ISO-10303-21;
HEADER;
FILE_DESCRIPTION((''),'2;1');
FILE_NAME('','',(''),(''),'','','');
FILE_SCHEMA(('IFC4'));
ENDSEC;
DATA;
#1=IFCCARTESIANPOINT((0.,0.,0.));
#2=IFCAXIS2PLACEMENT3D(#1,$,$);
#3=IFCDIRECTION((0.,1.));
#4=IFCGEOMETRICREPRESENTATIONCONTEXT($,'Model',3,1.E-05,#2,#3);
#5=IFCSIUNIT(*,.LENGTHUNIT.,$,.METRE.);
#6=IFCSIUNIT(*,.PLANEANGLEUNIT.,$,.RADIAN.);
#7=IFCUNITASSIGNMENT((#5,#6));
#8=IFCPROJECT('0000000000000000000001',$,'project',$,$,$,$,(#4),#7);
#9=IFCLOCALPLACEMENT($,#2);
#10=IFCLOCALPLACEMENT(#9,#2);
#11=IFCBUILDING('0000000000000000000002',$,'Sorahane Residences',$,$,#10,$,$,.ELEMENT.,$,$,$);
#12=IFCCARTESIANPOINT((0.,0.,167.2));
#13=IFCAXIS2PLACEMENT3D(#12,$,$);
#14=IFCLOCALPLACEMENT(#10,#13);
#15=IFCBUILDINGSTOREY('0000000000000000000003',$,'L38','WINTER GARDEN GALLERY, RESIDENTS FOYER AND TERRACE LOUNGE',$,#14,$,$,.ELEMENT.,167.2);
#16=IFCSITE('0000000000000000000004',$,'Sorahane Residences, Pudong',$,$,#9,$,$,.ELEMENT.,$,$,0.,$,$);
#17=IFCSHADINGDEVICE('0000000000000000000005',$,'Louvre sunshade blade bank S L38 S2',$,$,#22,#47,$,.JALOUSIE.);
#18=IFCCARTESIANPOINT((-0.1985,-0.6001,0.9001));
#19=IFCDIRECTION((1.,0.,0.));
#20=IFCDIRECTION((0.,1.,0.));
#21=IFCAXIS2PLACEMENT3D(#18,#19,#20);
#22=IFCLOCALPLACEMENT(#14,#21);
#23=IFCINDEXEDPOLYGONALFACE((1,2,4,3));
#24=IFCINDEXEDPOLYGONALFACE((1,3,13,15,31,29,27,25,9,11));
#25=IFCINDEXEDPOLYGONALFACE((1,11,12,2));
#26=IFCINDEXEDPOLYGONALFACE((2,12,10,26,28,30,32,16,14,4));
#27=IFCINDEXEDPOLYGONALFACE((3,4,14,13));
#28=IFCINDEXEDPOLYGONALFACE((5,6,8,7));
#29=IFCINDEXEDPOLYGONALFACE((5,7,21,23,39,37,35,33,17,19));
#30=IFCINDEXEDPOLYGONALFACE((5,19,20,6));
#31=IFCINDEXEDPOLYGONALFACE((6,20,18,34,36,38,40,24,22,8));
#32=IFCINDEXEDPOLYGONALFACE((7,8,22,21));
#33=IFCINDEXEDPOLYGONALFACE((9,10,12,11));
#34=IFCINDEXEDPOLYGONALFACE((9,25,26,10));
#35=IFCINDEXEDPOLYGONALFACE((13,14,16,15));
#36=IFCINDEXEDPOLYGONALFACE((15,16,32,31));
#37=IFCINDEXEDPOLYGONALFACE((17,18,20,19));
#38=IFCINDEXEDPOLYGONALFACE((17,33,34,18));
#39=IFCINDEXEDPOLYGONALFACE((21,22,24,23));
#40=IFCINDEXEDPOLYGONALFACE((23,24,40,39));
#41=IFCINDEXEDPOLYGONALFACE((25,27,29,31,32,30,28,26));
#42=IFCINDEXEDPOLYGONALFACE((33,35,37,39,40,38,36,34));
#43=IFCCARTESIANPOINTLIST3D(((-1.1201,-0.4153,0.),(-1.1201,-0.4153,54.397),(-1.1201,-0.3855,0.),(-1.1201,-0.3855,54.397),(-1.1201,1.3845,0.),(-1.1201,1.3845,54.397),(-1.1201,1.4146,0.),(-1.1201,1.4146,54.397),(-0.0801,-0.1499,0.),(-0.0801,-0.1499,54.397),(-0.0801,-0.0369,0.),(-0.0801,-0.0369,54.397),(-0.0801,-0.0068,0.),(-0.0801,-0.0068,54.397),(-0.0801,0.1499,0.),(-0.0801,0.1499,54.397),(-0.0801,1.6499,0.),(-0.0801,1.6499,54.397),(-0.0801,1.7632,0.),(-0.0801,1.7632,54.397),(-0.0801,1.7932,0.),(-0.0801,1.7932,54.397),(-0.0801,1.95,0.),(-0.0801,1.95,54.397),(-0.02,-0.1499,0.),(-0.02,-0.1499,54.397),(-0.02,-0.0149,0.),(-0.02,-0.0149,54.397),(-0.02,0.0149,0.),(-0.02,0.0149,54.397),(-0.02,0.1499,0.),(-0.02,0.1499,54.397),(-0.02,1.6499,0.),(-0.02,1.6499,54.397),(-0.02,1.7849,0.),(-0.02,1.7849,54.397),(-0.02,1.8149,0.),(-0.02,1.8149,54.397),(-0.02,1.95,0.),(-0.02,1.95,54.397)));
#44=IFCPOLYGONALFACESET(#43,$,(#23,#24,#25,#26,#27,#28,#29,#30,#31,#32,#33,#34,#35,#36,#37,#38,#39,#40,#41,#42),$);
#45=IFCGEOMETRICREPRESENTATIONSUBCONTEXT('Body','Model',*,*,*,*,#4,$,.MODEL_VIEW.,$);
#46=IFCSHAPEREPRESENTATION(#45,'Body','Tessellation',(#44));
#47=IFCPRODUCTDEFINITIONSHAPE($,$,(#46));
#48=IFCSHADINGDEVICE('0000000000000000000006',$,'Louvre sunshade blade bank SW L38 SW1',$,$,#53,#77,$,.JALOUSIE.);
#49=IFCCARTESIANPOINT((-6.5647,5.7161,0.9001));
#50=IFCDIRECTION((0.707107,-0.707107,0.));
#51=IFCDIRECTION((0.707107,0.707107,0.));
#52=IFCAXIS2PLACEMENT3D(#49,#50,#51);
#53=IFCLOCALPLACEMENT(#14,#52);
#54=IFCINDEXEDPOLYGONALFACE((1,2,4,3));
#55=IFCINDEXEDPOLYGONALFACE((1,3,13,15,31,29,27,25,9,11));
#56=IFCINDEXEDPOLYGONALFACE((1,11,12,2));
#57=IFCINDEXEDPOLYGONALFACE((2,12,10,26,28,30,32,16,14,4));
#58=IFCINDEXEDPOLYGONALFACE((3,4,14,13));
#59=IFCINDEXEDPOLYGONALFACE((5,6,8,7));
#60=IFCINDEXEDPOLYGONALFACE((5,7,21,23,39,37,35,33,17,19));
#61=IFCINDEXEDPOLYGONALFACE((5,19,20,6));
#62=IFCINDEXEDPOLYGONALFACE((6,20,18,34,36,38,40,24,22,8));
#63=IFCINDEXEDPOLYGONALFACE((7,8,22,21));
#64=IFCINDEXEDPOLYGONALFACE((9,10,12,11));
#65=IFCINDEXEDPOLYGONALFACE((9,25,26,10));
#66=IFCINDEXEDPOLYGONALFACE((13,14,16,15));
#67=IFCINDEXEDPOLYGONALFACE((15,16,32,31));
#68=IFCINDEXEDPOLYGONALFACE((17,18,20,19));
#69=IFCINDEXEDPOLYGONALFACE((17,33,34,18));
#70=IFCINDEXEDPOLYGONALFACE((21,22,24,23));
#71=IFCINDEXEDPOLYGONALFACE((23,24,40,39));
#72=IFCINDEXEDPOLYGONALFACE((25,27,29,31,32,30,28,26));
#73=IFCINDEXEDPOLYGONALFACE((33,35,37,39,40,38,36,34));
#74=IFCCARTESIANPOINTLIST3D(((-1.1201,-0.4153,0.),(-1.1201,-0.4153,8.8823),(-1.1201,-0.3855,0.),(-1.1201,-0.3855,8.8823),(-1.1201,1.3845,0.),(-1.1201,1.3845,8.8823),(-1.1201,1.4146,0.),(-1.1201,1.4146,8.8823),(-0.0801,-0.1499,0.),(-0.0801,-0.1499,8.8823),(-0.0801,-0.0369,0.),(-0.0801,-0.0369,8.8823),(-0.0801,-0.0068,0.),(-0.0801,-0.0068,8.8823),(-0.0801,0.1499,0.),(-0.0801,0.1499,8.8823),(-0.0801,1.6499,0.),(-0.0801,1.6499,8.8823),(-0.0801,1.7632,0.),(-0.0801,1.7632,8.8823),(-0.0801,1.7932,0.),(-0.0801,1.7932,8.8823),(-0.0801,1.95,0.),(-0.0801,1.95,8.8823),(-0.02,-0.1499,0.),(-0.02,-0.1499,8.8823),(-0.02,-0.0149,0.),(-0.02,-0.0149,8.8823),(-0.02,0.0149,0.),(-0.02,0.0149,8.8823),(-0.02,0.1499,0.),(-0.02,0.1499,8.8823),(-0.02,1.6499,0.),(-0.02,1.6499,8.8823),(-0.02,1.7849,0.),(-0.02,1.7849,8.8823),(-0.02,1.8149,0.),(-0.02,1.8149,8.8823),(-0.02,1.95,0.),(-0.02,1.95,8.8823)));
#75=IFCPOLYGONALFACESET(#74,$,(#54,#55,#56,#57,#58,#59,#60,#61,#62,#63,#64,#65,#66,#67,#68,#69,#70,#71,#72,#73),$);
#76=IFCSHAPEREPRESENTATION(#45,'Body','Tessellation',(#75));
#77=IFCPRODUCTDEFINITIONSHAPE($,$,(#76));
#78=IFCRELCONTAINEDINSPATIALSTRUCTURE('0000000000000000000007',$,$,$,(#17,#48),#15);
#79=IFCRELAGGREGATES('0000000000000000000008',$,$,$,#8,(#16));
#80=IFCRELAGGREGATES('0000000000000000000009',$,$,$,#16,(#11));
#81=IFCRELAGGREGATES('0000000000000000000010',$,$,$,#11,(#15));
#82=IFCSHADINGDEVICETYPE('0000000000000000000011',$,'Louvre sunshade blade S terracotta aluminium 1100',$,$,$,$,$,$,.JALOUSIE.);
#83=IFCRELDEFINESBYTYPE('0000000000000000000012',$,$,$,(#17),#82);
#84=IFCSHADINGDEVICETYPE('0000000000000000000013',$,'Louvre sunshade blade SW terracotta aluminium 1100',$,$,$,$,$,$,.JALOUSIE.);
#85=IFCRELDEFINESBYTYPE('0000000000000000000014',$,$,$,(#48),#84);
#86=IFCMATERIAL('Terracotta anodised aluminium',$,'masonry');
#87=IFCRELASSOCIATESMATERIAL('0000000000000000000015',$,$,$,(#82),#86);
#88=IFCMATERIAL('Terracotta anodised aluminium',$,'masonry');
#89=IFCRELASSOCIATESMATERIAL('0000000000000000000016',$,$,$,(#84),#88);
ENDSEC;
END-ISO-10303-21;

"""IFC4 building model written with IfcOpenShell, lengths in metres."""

from ifc_helpers import new_model, si_unit, direction, frame, origin, place, context, subcontext, project, spatial, polyline, outline, composite_profile, extrude, material, type_object, element, save


model = new_model("IFC4")

# Units and contexts
model_context = context("Model", 3, precision=1e-05, world=origin(), true_north=direction((0.0, 1.0)))
body_context = subcontext(model_context, "Body", "Model", "MODEL_VIEW")
ifc_project = project(units=[si_unit("LENGTHUNIT", "METRE"), si_unit("PLANEANGLEUNIT", "RADIAN")], contexts=[model_context])

# Site, building, storey
site_placement = place(None, origin())
site = spatial("IfcSite", under=ifc_project, at=site_placement, Name="Sorahane Residences, Pudong", CompositionType="ELEMENT", RefElevation=0.0)
building_placement = place(site_placement, origin())
building = spatial("IfcBuilding", under=site, at=building_placement, Name="Sorahane Residences", CompositionType="ELEMENT")
storey_placement = place(building_placement, frame((0.0, 0.0, 167.2)))
storey = spatial("IfcBuildingStorey", under=building, at=storey_placement, Name="L38", Description="WINTER GARDEN GALLERY, RESIDENTS FOYER AND TERRACE LOUNGE", CompositionType="ELEMENT", Elevation=167.2)

# Shading devices
ifc_material_1 = material(Name="Terracotta anodised aluminium", Category="masonry")
shading_device_type_1 = type_object("IfcShadingDeviceType", Name="Louvre sunshade blade S terracotta aluminium 1100", PredefinedType="JALOUSIE", material=ifc_material_1)
shading_device_1_placement = place(storey_placement, frame((-0.1985, -0.6001, 0.9001), z_axis=(1.0, 0.0, 0.0), x_axis=(0.0, 1.0, 0.0)))
element("IfcShadingDevice", 1, at=shading_device_1_placement, inside=storey, type_object=shading_device_type_1, Name="Louvre sunshade blade bank S L38 S2", PredefinedType="JALOUSIE", context=body_context, shape_type="SweptSolid", body=[
    extrude(composite_profile([outline(polyline([(-1.1201, -0.3855), (-1.1201, -0.4153), (-0.0801, -0.0369), (-0.0801, -0.1499), (-0.02, -0.1499), (-0.02, -0.0149), (-0.02, 0.0149), (-0.02, 0.1499), (-0.0801, 0.1499), (-0.0801, -0.0068), (-1.1201, -0.3855)])), outline(polyline([(-1.1201, 1.4146), (-1.1201, 1.3845), (-0.0801, 1.7632), (-0.0801, 1.6499), (-0.02, 1.6499), (-0.02, 1.7849), (-0.02, 1.8149), (-0.02, 1.95), (-0.0801, 1.95), (-0.0801, 1.7932), (-1.1201, 1.4146)]))]), origin(), (0.0, 0.0, 1.0), 54.397),
])
ifc_material_2 = material(Name="Terracotta anodised aluminium", Category="masonry")
shading_device_type_2 = type_object("IfcShadingDeviceType", Name="Louvre sunshade blade SW terracotta aluminium 1100", PredefinedType="JALOUSIE", material=ifc_material_2)
shading_device_2_placement = place(storey_placement, frame((-6.5647, 5.7161, 0.9001), z_axis=(0.707107, -0.707107, 0.0), x_axis=(0.707107, 0.707107, 0.0)))
element("IfcShadingDevice", 2, at=shading_device_2_placement, inside=storey, type_object=shading_device_type_2, Name="Louvre sunshade blade bank SW L38 SW1", PredefinedType="JALOUSIE", context=body_context, shape_type="SweptSolid", body=[
    extrude(composite_profile([outline(polyline([(-1.1201, -0.3855), (-1.1201, -0.4153), (-0.0801, -0.0369), (-0.0801, -0.1499), (-0.02, -0.1499), (-0.02, -0.0149), (-0.02, 0.0149), (-0.02, 0.1499), (-0.0801, 0.1499), (-0.0801, -0.0068), (-1.1201, -0.3855)])), outline(polyline([(-1.1201, 1.4146), (-1.1201, 1.3845), (-0.0801, 1.7632), (-0.0801, 1.6499), (-0.02, 1.6499), (-0.02, 1.7849), (-0.02, 1.8149), (-0.02, 1.95), (-0.0801, 1.95), (-0.0801, 1.7932), (-1.1201, 1.4146)]))]), origin(), (0.0, 0.0, 1.0), 8.8823),
])

save(model, "model.ifc")
